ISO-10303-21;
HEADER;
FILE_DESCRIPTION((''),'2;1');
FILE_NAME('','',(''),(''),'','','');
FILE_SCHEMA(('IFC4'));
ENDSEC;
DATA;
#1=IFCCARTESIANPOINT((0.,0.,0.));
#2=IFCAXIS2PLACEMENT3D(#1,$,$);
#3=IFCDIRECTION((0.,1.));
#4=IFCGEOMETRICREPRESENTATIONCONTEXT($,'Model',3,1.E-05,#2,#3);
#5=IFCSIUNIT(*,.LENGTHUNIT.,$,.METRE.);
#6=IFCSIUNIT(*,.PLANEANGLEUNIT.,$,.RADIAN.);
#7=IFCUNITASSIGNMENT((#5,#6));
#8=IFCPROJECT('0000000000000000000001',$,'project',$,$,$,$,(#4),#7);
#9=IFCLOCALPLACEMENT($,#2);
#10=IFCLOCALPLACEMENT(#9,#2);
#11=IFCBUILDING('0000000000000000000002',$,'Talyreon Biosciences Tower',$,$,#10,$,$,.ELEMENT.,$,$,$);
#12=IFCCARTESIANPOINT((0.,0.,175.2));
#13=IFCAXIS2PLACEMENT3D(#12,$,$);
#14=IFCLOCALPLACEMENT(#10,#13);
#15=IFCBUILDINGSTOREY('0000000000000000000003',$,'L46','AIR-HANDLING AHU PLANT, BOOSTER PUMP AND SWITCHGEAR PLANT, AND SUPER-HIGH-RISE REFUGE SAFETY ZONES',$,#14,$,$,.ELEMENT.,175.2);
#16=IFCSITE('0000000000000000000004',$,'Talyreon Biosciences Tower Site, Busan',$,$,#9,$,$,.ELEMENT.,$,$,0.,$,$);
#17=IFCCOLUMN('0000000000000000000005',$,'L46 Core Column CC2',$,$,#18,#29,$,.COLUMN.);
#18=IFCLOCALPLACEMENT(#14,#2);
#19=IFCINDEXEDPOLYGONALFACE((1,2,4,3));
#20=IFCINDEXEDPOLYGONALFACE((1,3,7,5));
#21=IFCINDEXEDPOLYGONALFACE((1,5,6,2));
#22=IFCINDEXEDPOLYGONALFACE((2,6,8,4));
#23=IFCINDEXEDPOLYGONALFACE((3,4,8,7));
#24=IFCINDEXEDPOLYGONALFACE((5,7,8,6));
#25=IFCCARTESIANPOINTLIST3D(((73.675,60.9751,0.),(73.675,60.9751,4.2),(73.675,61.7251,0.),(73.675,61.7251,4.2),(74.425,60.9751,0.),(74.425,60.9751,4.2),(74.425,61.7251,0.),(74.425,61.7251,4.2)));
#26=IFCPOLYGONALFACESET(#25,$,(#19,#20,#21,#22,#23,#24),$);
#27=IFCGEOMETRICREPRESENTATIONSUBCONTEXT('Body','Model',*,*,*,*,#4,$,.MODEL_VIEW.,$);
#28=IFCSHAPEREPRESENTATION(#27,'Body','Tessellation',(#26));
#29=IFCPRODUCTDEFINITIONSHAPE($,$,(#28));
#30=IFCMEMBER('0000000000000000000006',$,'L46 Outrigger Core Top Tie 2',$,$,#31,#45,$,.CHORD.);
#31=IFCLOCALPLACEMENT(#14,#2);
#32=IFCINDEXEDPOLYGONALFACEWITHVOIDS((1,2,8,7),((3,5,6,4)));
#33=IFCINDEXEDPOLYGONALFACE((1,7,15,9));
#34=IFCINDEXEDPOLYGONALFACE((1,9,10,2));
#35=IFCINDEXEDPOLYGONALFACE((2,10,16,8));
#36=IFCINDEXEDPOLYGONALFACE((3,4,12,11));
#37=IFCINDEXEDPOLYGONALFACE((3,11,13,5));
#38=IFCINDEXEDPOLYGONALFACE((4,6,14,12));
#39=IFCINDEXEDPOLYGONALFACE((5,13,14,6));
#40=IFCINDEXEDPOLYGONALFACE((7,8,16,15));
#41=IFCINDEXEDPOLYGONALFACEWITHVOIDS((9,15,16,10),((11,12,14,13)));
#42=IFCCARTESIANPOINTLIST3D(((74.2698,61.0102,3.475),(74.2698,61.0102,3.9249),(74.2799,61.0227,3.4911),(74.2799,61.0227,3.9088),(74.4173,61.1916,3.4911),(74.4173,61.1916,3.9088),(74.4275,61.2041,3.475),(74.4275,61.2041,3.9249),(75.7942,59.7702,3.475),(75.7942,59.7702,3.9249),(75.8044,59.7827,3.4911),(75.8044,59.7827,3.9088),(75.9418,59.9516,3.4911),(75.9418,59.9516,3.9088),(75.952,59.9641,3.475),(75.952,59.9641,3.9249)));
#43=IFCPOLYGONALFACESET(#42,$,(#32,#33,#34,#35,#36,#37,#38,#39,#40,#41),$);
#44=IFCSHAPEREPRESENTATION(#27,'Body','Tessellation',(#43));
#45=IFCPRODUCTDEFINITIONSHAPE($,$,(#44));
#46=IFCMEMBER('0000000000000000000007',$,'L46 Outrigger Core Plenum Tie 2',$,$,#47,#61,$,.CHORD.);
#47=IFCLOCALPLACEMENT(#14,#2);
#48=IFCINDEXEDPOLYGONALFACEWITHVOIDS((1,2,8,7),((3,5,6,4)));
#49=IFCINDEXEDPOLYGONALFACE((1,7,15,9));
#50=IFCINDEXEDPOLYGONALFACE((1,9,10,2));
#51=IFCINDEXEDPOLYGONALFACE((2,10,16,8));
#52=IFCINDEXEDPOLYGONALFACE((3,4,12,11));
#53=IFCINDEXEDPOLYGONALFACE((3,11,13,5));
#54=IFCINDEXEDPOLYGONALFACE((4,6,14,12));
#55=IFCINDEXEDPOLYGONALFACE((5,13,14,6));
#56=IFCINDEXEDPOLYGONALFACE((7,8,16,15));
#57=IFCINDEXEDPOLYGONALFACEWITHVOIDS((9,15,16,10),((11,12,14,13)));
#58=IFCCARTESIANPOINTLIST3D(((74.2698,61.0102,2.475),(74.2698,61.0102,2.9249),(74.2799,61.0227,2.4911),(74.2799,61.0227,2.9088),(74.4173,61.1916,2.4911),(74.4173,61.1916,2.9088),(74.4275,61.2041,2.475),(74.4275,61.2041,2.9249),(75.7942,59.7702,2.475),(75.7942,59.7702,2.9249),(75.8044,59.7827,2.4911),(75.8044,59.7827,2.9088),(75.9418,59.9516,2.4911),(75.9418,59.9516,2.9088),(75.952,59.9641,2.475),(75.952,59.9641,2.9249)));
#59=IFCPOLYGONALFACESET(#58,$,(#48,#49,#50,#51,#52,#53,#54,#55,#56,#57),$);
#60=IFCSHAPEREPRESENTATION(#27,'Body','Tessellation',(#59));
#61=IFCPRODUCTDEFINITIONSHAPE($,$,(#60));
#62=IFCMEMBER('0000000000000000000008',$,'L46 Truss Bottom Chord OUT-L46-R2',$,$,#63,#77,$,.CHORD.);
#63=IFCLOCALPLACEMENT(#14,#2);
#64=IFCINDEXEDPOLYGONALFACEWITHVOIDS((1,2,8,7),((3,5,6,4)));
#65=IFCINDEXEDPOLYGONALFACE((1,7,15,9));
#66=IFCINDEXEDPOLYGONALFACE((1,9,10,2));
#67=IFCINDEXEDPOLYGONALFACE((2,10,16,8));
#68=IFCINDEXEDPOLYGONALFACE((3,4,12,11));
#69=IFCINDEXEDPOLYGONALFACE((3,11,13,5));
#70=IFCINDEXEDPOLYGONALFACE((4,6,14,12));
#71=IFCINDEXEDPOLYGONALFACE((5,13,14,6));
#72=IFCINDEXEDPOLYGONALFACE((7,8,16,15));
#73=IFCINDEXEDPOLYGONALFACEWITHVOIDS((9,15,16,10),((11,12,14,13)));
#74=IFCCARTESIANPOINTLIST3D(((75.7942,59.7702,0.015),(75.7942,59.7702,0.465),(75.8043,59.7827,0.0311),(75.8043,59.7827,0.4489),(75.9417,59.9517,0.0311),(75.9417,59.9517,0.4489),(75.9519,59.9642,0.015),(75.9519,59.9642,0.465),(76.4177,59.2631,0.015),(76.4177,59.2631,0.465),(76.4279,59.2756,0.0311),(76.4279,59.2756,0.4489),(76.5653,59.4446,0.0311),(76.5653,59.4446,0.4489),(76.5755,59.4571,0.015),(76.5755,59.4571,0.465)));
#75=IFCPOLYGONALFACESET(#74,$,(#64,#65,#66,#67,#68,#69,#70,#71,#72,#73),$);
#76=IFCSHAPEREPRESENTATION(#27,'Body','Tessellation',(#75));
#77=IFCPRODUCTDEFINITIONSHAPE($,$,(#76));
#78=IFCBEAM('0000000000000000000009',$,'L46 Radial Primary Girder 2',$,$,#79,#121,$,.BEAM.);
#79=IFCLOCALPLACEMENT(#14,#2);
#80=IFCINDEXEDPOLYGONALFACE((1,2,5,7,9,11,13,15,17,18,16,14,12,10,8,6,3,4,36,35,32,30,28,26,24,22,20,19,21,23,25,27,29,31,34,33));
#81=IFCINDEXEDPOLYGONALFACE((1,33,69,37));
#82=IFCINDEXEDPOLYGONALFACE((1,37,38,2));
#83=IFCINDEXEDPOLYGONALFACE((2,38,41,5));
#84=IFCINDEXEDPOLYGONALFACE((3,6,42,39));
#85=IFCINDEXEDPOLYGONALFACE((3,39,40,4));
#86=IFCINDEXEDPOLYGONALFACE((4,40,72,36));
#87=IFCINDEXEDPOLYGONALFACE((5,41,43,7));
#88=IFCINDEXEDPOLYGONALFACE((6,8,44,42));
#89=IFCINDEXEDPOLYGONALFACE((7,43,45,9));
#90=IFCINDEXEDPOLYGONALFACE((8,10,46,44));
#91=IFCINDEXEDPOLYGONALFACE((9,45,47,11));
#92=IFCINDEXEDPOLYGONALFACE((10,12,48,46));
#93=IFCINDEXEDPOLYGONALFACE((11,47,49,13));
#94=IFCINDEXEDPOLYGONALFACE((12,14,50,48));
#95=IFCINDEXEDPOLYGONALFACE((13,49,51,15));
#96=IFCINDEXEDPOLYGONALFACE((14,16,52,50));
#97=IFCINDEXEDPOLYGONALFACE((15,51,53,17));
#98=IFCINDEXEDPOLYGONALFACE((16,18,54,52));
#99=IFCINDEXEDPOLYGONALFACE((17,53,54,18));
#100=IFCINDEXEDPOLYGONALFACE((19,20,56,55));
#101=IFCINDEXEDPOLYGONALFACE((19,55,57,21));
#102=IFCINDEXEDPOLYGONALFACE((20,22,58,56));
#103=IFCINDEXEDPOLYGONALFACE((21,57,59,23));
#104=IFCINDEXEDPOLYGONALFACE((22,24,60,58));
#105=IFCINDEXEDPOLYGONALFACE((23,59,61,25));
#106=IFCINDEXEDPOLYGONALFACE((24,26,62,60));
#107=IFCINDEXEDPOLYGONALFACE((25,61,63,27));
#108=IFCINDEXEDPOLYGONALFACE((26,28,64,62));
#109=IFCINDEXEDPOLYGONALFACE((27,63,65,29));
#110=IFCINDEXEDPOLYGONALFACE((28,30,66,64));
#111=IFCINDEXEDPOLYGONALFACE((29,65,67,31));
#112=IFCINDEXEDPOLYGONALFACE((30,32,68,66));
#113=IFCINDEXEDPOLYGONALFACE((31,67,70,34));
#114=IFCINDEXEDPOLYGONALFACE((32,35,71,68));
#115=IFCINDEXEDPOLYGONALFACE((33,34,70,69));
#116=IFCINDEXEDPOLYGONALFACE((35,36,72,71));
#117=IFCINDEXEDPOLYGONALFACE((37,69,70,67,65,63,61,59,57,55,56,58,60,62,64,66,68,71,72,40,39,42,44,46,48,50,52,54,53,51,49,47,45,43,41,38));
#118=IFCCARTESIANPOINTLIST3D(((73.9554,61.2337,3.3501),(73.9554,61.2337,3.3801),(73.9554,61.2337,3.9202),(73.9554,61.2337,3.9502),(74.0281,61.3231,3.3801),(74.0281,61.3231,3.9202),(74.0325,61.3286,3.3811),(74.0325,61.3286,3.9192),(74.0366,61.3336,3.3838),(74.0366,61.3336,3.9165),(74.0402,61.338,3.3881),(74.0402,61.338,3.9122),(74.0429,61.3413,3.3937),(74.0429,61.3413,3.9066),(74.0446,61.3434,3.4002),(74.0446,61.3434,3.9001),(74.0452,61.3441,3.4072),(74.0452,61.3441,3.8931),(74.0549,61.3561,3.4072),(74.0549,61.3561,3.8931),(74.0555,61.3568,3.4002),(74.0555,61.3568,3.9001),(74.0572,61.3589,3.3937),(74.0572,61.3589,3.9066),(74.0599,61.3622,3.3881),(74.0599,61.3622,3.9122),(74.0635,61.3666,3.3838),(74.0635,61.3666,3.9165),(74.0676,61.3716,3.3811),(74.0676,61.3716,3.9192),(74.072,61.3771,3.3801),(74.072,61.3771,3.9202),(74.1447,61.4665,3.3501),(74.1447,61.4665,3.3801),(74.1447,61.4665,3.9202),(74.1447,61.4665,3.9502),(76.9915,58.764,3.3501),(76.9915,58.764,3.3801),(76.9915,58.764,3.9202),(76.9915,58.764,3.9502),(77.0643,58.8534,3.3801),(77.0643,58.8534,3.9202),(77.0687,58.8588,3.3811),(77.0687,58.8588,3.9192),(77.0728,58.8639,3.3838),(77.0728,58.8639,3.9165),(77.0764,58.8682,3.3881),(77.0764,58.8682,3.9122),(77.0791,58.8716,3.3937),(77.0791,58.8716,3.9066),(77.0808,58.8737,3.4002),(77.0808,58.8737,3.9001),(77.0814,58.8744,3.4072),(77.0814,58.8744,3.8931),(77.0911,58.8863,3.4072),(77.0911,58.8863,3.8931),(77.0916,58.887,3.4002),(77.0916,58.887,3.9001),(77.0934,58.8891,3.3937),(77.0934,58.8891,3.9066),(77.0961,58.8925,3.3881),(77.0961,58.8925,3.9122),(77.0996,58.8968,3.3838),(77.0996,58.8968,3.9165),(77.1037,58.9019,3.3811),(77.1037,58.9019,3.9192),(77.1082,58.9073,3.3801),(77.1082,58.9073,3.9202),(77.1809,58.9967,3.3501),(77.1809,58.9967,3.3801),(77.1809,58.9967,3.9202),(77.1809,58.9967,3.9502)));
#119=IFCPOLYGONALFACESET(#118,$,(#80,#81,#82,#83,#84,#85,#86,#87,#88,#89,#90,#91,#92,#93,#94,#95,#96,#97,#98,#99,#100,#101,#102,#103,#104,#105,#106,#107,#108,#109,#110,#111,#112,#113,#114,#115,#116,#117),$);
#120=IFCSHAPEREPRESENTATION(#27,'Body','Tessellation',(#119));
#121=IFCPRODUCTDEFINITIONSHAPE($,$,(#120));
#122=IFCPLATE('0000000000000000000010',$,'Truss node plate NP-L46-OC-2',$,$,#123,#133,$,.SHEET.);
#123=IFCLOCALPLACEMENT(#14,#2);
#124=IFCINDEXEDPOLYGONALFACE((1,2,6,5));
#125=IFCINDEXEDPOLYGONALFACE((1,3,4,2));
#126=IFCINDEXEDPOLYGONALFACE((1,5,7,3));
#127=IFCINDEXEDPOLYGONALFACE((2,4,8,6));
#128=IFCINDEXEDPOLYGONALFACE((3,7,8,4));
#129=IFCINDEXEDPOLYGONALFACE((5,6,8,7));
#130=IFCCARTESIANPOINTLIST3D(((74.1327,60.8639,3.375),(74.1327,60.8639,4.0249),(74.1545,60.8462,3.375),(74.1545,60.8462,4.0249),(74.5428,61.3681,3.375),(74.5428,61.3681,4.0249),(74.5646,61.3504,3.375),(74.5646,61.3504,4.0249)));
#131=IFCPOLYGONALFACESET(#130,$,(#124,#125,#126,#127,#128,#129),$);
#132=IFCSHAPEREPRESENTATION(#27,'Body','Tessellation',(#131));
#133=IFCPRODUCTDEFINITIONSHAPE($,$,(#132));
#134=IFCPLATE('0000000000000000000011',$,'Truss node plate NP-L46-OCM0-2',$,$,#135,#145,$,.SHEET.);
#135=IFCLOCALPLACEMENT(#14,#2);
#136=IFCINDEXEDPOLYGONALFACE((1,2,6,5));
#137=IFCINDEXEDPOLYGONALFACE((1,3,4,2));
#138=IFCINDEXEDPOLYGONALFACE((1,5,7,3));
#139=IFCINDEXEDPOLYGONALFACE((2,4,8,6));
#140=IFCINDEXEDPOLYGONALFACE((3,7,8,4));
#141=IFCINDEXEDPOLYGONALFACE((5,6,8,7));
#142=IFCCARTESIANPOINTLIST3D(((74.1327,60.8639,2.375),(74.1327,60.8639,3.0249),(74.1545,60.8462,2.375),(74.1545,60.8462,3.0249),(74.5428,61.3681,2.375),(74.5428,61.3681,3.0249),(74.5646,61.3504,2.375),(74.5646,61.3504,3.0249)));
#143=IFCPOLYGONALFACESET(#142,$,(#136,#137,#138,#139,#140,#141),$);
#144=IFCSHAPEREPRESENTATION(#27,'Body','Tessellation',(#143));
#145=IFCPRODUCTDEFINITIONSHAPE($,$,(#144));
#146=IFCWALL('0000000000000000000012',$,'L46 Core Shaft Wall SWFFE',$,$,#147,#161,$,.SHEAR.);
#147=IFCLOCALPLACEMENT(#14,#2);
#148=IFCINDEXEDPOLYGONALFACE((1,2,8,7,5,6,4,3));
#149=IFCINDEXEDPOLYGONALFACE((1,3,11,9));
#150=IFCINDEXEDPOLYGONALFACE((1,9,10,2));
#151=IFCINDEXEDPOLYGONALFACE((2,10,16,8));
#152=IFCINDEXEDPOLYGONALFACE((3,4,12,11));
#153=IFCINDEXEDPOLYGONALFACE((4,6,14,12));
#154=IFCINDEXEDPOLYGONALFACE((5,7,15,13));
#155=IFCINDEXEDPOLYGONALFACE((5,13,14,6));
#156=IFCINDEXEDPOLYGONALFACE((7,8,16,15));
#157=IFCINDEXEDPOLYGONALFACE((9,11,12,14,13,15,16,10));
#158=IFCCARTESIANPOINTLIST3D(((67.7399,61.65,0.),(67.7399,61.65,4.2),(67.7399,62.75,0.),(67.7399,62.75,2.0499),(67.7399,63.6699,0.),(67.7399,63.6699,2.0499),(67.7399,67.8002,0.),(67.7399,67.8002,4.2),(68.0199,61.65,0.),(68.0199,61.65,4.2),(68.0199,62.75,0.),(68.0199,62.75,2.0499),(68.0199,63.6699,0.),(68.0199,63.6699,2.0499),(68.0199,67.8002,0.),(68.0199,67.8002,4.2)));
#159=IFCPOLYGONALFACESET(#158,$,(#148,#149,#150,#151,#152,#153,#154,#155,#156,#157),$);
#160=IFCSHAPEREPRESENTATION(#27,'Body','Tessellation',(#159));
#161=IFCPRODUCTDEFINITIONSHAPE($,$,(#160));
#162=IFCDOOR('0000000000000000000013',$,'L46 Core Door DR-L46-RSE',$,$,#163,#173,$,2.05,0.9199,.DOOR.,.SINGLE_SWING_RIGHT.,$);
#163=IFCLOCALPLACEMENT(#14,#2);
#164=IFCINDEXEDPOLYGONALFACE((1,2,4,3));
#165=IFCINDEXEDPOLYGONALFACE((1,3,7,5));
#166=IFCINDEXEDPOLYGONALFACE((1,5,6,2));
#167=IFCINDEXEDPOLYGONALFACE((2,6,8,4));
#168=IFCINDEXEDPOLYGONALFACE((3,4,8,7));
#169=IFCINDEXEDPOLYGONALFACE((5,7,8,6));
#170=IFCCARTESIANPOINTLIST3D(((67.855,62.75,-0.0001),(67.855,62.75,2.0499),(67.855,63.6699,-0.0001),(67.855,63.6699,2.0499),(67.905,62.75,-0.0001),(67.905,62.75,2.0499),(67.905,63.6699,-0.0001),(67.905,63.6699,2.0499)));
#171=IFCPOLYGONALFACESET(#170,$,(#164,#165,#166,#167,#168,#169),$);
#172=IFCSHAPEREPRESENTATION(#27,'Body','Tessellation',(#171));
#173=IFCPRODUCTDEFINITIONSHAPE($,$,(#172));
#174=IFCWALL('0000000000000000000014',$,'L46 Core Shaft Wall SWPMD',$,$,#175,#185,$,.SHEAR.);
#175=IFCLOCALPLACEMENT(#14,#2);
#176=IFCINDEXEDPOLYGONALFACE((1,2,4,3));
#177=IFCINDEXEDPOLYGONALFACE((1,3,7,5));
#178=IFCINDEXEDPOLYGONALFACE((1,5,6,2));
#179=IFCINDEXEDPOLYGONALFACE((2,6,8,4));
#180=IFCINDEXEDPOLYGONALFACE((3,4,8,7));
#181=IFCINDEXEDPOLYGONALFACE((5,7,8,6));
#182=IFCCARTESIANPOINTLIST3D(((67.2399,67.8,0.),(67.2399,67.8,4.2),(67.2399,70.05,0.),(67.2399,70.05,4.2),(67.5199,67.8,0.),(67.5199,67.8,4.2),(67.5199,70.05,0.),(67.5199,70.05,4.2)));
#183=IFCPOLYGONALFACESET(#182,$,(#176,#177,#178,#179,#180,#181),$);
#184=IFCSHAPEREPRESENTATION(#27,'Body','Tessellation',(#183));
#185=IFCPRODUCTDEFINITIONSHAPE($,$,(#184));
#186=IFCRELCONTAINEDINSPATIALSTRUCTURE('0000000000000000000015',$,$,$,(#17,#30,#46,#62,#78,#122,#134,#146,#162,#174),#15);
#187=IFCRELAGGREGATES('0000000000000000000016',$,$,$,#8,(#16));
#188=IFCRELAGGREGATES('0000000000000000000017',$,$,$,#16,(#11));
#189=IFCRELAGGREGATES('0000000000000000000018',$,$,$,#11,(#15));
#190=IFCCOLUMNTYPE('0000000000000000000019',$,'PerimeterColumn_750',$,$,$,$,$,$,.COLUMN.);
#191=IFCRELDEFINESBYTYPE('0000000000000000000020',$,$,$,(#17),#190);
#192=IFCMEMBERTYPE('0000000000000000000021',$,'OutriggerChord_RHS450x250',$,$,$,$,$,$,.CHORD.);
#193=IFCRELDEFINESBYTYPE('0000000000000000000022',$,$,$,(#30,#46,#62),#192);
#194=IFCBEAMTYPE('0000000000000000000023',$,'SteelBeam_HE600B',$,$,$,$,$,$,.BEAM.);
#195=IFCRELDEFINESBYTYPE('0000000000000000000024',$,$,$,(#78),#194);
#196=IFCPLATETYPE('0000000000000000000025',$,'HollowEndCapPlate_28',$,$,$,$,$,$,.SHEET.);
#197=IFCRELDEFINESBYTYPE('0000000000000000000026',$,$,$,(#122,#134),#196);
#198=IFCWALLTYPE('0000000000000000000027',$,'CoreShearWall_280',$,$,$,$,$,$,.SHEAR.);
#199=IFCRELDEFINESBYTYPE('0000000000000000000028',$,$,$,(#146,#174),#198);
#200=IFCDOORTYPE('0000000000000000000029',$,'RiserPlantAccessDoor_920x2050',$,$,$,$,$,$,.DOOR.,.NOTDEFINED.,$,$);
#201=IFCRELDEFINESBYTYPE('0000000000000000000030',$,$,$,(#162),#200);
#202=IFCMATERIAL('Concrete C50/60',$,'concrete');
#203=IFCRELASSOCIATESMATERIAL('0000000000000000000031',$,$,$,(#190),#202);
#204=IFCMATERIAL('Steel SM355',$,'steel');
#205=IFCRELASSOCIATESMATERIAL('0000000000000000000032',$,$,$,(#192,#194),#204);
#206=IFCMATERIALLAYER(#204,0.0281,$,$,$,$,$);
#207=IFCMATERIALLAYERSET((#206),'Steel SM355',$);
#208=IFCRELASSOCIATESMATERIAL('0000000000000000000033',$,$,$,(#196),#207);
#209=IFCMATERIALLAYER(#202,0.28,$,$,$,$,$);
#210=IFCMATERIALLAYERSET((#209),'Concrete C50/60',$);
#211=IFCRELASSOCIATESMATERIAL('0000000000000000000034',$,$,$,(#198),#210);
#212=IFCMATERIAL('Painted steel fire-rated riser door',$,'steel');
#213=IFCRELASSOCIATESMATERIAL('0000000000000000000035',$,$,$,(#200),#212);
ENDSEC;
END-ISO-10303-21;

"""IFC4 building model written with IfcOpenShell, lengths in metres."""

from ifc_helpers import new_model, si_unit, direction, frame, frame_2d, origin, origin_2d, place, context, subcontext, project, spatial, rectangle, hollow_rectangle, i_section, extrude, material, layer, layer_set, material_profile, profile_set, type_object, element, fill, save


model = new_model("IFC4")

# Units and contexts
model_context = context("Model", 3, precision=1e-05, world=origin(), true_north=direction((0.0, 1.0)))
body_context = subcontext(model_context, "Body", "Model", "MODEL_VIEW")
ifc_project = project(units=[si_unit("LENGTHUNIT", "METRE"), si_unit("PLANEANGLEUNIT", "RADIAN")], contexts=[model_context])

# Site, building, storey
site_placement = place(None, origin())
site = spatial("IfcSite", under=ifc_project, at=site_placement, Name="Talyreon Biosciences Tower Site, Busan", CompositionType="ELEMENT", RefElevation=0.0)
building_placement = place(site_placement, origin())
building = spatial("IfcBuilding", under=site, at=building_placement, Name="Talyreon Biosciences Tower", CompositionType="ELEMENT")
storey_placement = place(building_placement, frame((0.0, 0.0, 175.2)))
storey = spatial("IfcBuildingStorey", under=building, at=storey_placement, Name="L46", Description="AIR-HANDLING AHU PLANT, BOOSTER PUMP AND SWITCHGEAR PLANT, AND SUPER-HIGH-RISE REFUGE SAFETY ZONES", CompositionType="ELEMENT", Elevation=175.2)

# Column
ifc_material_1 = material(Name="Concrete C50/60", Category="concrete")
ifc_material_profile_1 = material_profile(ifc_material_1, rectangle(XDim=0.75, YDim=0.75, at=origin_2d()), Name="RC 750x750")
ifc_profile_set_1 = profile_set([ifc_material_profile_1], Name="Concrete C50/60")
column_type = type_object("IfcColumnType", Name="PerimeterColumn_750", PredefinedType="COLUMN", material=ifc_profile_set_1)
column_placement = place(storey_placement, frame((74.05, 61.3501, 0.0), z_axis=(0.0, 0.0, 1.0), x_axis=(1.0, 0.0, 0.0)))
element("IfcColumn", 1, at=column_placement, inside=storey, type_object=column_type, Name="L46 Core Column CC2", PredefinedType="COLUMN", context=body_context, shape_type="SweptSolid", body=[
    extrude(rectangle(XDim=0.75, YDim=0.75, at=origin_2d()), origin(), (0.0, 0.0, 1.0), 4.2),
])

# Members
ifc_material_2 = material(Name="Steel SM355", Category="steel")
ifc_material_profile_2 = material_profile(ifc_material_2, hollow_rectangle(XDim=0.25, YDim=0.45, WallThickness=0.0161, at=origin_2d()), Name="RHS 450x250x16")
ifc_profile_set_2 = profile_set([ifc_material_profile_2], Name="Steel SM355")
member_type = type_object("IfcMemberType", Name="OutriggerChord_RHS450x250", PredefinedType="CHORD", material=ifc_profile_set_2)
for number, where, z_axis, x_axis, name in (
    (2, (74.3486, 61.1072, 3.7), (0.775764, -0.631023, 0.0), (0.631023, 0.775764, 0.0), "L46 Outrigger Core Top Tie 2"),
    (3, (74.3486, 61.1072, 2.7), (0.775764, -0.631023, 0.0), (0.631023, 0.775764, 0.0), "L46 Outrigger Core Plenum Tie 2"),
):
    element("IfcMember", number, at=place(storey_placement, frame(where, z_axis=z_axis, x_axis=x_axis)), inside=storey, type_object=member_type, Name=name, PredefinedType="CHORD", context=body_context, shape_type="SweptSolid", body=[
        extrude(hollow_rectangle(XDim=0.25, YDim=0.45, WallThickness=0.0161, at=origin_2d()), origin(), (0.0, 0.0, 1.0), 1.9651),
    ])
member_placement = place(storey_placement, frame((75.873, 59.8672, 0.24), z_axis=(0.775835, -0.630936, 0.0), x_axis=(0.630936, 0.775835, 0.0)))
element("IfcMember", 4, at=member_placement, inside=storey, type_object=member_type, Name="L46 Truss Bottom Chord OUT-L46-R2", PredefinedType="CHORD", context=body_context, shape_type="SweptSolid", body=[
    extrude(hollow_rectangle(XDim=0.25, YDim=0.45, WallThickness=0.0161, at=origin_2d()), origin(), (0.0, 0.0, 1.0), 0.8037),
])

# Beam
ifc_material_profile_3 = material_profile(ifc_material_2, i_section(OverallWidth=0.3, OverallDepth=0.6001, WebThickness=0.0154, FlangeThickness=0.03, FilletRadius=0.0271, at=origin_2d()), Name="HE600B")
ifc_profile_set_3 = profile_set([ifc_material_profile_3], Name="Steel SM355")
beam_type = type_object("IfcBeamType", Name="SteelBeam_HE600B", PredefinedType="BEAM", material=ifc_profile_set_3)
beam_placement = place(storey_placement, frame((74.05, 61.3501, 3.6501), z_axis=(0.775755, -0.631034, 0.0), x_axis=(0.631034, 0.775755, 0.0)))
element("IfcBeam", 5, at=beam_placement, inside=storey, type_object=beam_type, Name="L46 Radial Primary Girder 2", PredefinedType="BEAM", context=body_context, shape_type="SweptSolid", body=[
    extrude(i_section(OverallWidth=0.3, OverallDepth=0.6001, WebThickness=0.0154, FlangeThickness=0.03, FilletRadius=0.0271, at=origin_2d()), origin(), (0.0, 0.0, 1.0), 3.9138),
])

# Plates
ifc_layer_1 = layer(ifc_material_2, 0.0281)
ifc_layer_set_1 = layer_set([ifc_layer_1], Name="Steel SM355")
plate_type = type_object("IfcPlateType", Name="HollowEndCapPlate_28", PredefinedType="SHEET", material=ifc_layer_set_1)
for number, where, z_axis, x_axis, name in (
    (6, (74.3486, 61.1072, 3.375), (0.0, 0.0, 1.0), (0.631001, 0.775782, 0.0), "Truss node plate NP-L46-OC-2"),
    (7, (74.3486, 61.1072, 2.375), (0.0, 0.0, 1.0), (0.631001, 0.775782, 0.0), "Truss node plate NP-L46-OCM0-2"),
):
    element("IfcPlate", number, at=place(storey_placement, frame(where, z_axis=z_axis, x_axis=x_axis)), inside=storey, type_object=plate_type, Name=name, PredefinedType="SHEET", context=body_context, shape_type="SweptSolid", body=[
        extrude(rectangle(XDim=0.6499, YDim=0.0281, at=origin_2d()), origin(), (0.0, 0.0, 1.0), 0.6499),
    ])

# Wall, opening, door
ifc_layer_2 = layer(ifc_material_1, 0.28)
ifc_layer_set_2 = layer_set([ifc_layer_2], Name="Concrete C50/60")
wall_type_1 = type_object("IfcWallType", Name="CoreShearWall_280", PredefinedType="SHEAR", material=ifc_layer_set_2)
wall_1_placement = place(storey_placement, frame((67.8799, 61.6499, 0.0), z_axis=(0.0, 0.0, 1.0), x_axis=(0.0, 1.0, 0.0)))
wall_1 = element("IfcWall", 8, at=wall_1_placement, inside=storey, type_object=wall_type_1, Name="L46 Core Shaft Wall SWFFE", PredefinedType="SHEAR", context=body_context, shape_type="SweptSolid", body=[
    extrude(rectangle(XDim=6.1501, YDim=0.28, at=frame_2d((3.0752, 0.0))), origin(), (0.0, 0.0, 1.0), 4.2),
])
opening_1_placement = place(wall_1_placement, frame((1.1001, 0.0, 0.0)))
opening_1 = element("IfcOpeningElement", 9, at=opening_1_placement, cuts=wall_1, PredefinedType="OPENING", context=body_context, shape_type="SweptSolid", body=[
    extrude(rectangle(XDim=0.9199, YDim=2.05, at=frame_2d((0.46, 1.0249))), frame((0.0, 0.1499, 0.0), z_axis=(0.0, -1.0, 0.0), x_axis=(1.0, 0.0, 0.0)), (0.0, 0.0, 1.0), 0.3),
])
ifc_material_3 = material(Name="Painted steel fire-rated riser door", Category="steel")
door_type = type_object("IfcDoorType", Name="RiserPlantAccessDoor_920x2050", OperationType="NOTDEFINED", PredefinedType="DOOR", material=ifc_material_3)
door_1_placement = place(opening_1_placement, origin())
door_1 = element("IfcDoor", 10, at=door_1_placement, inside=storey, type_object=door_type, Name="L46 Core Door DR-L46-RSE", OperationType="SINGLE_SWING_RIGHT", OverallHeight=2.05, OverallWidth=0.9199, PredefinedType="DOOR", context=body_context, shape_type="SweptSolid", body=[
    extrude(rectangle(XDim=0.9199, YDim=2.05, at=frame_2d((0.46, 1.0249))), frame((0.0, 0.0249, 0.0), z_axis=(0.0, -1.0, 0.0), x_axis=(1.0, 0.0, 0.0)), (0.0, 0.0, 1.0), 0.05),
])
fill(opening_1, door_1)

# Wall
wall_2_placement = place(storey_placement, frame((67.3799, 67.8, 0.0), z_axis=(0.0, 0.0, 1.0), x_axis=(0.0, 1.0, 0.0)))
element("IfcWall", 11, at=wall_2_placement, inside=storey, type_object=wall_type_1, Name="L46 Core Shaft Wall SWPMD", PredefinedType="SHEAR", context=body_context, shape_type="SweptSolid", body=[
    extrude(rectangle(XDim=2.25, YDim=0.28, at=frame_2d((1.125, 0.0))), origin(), (0.0, 0.0, 1.0), 4.2),
])

save(model, "model.ifc")
